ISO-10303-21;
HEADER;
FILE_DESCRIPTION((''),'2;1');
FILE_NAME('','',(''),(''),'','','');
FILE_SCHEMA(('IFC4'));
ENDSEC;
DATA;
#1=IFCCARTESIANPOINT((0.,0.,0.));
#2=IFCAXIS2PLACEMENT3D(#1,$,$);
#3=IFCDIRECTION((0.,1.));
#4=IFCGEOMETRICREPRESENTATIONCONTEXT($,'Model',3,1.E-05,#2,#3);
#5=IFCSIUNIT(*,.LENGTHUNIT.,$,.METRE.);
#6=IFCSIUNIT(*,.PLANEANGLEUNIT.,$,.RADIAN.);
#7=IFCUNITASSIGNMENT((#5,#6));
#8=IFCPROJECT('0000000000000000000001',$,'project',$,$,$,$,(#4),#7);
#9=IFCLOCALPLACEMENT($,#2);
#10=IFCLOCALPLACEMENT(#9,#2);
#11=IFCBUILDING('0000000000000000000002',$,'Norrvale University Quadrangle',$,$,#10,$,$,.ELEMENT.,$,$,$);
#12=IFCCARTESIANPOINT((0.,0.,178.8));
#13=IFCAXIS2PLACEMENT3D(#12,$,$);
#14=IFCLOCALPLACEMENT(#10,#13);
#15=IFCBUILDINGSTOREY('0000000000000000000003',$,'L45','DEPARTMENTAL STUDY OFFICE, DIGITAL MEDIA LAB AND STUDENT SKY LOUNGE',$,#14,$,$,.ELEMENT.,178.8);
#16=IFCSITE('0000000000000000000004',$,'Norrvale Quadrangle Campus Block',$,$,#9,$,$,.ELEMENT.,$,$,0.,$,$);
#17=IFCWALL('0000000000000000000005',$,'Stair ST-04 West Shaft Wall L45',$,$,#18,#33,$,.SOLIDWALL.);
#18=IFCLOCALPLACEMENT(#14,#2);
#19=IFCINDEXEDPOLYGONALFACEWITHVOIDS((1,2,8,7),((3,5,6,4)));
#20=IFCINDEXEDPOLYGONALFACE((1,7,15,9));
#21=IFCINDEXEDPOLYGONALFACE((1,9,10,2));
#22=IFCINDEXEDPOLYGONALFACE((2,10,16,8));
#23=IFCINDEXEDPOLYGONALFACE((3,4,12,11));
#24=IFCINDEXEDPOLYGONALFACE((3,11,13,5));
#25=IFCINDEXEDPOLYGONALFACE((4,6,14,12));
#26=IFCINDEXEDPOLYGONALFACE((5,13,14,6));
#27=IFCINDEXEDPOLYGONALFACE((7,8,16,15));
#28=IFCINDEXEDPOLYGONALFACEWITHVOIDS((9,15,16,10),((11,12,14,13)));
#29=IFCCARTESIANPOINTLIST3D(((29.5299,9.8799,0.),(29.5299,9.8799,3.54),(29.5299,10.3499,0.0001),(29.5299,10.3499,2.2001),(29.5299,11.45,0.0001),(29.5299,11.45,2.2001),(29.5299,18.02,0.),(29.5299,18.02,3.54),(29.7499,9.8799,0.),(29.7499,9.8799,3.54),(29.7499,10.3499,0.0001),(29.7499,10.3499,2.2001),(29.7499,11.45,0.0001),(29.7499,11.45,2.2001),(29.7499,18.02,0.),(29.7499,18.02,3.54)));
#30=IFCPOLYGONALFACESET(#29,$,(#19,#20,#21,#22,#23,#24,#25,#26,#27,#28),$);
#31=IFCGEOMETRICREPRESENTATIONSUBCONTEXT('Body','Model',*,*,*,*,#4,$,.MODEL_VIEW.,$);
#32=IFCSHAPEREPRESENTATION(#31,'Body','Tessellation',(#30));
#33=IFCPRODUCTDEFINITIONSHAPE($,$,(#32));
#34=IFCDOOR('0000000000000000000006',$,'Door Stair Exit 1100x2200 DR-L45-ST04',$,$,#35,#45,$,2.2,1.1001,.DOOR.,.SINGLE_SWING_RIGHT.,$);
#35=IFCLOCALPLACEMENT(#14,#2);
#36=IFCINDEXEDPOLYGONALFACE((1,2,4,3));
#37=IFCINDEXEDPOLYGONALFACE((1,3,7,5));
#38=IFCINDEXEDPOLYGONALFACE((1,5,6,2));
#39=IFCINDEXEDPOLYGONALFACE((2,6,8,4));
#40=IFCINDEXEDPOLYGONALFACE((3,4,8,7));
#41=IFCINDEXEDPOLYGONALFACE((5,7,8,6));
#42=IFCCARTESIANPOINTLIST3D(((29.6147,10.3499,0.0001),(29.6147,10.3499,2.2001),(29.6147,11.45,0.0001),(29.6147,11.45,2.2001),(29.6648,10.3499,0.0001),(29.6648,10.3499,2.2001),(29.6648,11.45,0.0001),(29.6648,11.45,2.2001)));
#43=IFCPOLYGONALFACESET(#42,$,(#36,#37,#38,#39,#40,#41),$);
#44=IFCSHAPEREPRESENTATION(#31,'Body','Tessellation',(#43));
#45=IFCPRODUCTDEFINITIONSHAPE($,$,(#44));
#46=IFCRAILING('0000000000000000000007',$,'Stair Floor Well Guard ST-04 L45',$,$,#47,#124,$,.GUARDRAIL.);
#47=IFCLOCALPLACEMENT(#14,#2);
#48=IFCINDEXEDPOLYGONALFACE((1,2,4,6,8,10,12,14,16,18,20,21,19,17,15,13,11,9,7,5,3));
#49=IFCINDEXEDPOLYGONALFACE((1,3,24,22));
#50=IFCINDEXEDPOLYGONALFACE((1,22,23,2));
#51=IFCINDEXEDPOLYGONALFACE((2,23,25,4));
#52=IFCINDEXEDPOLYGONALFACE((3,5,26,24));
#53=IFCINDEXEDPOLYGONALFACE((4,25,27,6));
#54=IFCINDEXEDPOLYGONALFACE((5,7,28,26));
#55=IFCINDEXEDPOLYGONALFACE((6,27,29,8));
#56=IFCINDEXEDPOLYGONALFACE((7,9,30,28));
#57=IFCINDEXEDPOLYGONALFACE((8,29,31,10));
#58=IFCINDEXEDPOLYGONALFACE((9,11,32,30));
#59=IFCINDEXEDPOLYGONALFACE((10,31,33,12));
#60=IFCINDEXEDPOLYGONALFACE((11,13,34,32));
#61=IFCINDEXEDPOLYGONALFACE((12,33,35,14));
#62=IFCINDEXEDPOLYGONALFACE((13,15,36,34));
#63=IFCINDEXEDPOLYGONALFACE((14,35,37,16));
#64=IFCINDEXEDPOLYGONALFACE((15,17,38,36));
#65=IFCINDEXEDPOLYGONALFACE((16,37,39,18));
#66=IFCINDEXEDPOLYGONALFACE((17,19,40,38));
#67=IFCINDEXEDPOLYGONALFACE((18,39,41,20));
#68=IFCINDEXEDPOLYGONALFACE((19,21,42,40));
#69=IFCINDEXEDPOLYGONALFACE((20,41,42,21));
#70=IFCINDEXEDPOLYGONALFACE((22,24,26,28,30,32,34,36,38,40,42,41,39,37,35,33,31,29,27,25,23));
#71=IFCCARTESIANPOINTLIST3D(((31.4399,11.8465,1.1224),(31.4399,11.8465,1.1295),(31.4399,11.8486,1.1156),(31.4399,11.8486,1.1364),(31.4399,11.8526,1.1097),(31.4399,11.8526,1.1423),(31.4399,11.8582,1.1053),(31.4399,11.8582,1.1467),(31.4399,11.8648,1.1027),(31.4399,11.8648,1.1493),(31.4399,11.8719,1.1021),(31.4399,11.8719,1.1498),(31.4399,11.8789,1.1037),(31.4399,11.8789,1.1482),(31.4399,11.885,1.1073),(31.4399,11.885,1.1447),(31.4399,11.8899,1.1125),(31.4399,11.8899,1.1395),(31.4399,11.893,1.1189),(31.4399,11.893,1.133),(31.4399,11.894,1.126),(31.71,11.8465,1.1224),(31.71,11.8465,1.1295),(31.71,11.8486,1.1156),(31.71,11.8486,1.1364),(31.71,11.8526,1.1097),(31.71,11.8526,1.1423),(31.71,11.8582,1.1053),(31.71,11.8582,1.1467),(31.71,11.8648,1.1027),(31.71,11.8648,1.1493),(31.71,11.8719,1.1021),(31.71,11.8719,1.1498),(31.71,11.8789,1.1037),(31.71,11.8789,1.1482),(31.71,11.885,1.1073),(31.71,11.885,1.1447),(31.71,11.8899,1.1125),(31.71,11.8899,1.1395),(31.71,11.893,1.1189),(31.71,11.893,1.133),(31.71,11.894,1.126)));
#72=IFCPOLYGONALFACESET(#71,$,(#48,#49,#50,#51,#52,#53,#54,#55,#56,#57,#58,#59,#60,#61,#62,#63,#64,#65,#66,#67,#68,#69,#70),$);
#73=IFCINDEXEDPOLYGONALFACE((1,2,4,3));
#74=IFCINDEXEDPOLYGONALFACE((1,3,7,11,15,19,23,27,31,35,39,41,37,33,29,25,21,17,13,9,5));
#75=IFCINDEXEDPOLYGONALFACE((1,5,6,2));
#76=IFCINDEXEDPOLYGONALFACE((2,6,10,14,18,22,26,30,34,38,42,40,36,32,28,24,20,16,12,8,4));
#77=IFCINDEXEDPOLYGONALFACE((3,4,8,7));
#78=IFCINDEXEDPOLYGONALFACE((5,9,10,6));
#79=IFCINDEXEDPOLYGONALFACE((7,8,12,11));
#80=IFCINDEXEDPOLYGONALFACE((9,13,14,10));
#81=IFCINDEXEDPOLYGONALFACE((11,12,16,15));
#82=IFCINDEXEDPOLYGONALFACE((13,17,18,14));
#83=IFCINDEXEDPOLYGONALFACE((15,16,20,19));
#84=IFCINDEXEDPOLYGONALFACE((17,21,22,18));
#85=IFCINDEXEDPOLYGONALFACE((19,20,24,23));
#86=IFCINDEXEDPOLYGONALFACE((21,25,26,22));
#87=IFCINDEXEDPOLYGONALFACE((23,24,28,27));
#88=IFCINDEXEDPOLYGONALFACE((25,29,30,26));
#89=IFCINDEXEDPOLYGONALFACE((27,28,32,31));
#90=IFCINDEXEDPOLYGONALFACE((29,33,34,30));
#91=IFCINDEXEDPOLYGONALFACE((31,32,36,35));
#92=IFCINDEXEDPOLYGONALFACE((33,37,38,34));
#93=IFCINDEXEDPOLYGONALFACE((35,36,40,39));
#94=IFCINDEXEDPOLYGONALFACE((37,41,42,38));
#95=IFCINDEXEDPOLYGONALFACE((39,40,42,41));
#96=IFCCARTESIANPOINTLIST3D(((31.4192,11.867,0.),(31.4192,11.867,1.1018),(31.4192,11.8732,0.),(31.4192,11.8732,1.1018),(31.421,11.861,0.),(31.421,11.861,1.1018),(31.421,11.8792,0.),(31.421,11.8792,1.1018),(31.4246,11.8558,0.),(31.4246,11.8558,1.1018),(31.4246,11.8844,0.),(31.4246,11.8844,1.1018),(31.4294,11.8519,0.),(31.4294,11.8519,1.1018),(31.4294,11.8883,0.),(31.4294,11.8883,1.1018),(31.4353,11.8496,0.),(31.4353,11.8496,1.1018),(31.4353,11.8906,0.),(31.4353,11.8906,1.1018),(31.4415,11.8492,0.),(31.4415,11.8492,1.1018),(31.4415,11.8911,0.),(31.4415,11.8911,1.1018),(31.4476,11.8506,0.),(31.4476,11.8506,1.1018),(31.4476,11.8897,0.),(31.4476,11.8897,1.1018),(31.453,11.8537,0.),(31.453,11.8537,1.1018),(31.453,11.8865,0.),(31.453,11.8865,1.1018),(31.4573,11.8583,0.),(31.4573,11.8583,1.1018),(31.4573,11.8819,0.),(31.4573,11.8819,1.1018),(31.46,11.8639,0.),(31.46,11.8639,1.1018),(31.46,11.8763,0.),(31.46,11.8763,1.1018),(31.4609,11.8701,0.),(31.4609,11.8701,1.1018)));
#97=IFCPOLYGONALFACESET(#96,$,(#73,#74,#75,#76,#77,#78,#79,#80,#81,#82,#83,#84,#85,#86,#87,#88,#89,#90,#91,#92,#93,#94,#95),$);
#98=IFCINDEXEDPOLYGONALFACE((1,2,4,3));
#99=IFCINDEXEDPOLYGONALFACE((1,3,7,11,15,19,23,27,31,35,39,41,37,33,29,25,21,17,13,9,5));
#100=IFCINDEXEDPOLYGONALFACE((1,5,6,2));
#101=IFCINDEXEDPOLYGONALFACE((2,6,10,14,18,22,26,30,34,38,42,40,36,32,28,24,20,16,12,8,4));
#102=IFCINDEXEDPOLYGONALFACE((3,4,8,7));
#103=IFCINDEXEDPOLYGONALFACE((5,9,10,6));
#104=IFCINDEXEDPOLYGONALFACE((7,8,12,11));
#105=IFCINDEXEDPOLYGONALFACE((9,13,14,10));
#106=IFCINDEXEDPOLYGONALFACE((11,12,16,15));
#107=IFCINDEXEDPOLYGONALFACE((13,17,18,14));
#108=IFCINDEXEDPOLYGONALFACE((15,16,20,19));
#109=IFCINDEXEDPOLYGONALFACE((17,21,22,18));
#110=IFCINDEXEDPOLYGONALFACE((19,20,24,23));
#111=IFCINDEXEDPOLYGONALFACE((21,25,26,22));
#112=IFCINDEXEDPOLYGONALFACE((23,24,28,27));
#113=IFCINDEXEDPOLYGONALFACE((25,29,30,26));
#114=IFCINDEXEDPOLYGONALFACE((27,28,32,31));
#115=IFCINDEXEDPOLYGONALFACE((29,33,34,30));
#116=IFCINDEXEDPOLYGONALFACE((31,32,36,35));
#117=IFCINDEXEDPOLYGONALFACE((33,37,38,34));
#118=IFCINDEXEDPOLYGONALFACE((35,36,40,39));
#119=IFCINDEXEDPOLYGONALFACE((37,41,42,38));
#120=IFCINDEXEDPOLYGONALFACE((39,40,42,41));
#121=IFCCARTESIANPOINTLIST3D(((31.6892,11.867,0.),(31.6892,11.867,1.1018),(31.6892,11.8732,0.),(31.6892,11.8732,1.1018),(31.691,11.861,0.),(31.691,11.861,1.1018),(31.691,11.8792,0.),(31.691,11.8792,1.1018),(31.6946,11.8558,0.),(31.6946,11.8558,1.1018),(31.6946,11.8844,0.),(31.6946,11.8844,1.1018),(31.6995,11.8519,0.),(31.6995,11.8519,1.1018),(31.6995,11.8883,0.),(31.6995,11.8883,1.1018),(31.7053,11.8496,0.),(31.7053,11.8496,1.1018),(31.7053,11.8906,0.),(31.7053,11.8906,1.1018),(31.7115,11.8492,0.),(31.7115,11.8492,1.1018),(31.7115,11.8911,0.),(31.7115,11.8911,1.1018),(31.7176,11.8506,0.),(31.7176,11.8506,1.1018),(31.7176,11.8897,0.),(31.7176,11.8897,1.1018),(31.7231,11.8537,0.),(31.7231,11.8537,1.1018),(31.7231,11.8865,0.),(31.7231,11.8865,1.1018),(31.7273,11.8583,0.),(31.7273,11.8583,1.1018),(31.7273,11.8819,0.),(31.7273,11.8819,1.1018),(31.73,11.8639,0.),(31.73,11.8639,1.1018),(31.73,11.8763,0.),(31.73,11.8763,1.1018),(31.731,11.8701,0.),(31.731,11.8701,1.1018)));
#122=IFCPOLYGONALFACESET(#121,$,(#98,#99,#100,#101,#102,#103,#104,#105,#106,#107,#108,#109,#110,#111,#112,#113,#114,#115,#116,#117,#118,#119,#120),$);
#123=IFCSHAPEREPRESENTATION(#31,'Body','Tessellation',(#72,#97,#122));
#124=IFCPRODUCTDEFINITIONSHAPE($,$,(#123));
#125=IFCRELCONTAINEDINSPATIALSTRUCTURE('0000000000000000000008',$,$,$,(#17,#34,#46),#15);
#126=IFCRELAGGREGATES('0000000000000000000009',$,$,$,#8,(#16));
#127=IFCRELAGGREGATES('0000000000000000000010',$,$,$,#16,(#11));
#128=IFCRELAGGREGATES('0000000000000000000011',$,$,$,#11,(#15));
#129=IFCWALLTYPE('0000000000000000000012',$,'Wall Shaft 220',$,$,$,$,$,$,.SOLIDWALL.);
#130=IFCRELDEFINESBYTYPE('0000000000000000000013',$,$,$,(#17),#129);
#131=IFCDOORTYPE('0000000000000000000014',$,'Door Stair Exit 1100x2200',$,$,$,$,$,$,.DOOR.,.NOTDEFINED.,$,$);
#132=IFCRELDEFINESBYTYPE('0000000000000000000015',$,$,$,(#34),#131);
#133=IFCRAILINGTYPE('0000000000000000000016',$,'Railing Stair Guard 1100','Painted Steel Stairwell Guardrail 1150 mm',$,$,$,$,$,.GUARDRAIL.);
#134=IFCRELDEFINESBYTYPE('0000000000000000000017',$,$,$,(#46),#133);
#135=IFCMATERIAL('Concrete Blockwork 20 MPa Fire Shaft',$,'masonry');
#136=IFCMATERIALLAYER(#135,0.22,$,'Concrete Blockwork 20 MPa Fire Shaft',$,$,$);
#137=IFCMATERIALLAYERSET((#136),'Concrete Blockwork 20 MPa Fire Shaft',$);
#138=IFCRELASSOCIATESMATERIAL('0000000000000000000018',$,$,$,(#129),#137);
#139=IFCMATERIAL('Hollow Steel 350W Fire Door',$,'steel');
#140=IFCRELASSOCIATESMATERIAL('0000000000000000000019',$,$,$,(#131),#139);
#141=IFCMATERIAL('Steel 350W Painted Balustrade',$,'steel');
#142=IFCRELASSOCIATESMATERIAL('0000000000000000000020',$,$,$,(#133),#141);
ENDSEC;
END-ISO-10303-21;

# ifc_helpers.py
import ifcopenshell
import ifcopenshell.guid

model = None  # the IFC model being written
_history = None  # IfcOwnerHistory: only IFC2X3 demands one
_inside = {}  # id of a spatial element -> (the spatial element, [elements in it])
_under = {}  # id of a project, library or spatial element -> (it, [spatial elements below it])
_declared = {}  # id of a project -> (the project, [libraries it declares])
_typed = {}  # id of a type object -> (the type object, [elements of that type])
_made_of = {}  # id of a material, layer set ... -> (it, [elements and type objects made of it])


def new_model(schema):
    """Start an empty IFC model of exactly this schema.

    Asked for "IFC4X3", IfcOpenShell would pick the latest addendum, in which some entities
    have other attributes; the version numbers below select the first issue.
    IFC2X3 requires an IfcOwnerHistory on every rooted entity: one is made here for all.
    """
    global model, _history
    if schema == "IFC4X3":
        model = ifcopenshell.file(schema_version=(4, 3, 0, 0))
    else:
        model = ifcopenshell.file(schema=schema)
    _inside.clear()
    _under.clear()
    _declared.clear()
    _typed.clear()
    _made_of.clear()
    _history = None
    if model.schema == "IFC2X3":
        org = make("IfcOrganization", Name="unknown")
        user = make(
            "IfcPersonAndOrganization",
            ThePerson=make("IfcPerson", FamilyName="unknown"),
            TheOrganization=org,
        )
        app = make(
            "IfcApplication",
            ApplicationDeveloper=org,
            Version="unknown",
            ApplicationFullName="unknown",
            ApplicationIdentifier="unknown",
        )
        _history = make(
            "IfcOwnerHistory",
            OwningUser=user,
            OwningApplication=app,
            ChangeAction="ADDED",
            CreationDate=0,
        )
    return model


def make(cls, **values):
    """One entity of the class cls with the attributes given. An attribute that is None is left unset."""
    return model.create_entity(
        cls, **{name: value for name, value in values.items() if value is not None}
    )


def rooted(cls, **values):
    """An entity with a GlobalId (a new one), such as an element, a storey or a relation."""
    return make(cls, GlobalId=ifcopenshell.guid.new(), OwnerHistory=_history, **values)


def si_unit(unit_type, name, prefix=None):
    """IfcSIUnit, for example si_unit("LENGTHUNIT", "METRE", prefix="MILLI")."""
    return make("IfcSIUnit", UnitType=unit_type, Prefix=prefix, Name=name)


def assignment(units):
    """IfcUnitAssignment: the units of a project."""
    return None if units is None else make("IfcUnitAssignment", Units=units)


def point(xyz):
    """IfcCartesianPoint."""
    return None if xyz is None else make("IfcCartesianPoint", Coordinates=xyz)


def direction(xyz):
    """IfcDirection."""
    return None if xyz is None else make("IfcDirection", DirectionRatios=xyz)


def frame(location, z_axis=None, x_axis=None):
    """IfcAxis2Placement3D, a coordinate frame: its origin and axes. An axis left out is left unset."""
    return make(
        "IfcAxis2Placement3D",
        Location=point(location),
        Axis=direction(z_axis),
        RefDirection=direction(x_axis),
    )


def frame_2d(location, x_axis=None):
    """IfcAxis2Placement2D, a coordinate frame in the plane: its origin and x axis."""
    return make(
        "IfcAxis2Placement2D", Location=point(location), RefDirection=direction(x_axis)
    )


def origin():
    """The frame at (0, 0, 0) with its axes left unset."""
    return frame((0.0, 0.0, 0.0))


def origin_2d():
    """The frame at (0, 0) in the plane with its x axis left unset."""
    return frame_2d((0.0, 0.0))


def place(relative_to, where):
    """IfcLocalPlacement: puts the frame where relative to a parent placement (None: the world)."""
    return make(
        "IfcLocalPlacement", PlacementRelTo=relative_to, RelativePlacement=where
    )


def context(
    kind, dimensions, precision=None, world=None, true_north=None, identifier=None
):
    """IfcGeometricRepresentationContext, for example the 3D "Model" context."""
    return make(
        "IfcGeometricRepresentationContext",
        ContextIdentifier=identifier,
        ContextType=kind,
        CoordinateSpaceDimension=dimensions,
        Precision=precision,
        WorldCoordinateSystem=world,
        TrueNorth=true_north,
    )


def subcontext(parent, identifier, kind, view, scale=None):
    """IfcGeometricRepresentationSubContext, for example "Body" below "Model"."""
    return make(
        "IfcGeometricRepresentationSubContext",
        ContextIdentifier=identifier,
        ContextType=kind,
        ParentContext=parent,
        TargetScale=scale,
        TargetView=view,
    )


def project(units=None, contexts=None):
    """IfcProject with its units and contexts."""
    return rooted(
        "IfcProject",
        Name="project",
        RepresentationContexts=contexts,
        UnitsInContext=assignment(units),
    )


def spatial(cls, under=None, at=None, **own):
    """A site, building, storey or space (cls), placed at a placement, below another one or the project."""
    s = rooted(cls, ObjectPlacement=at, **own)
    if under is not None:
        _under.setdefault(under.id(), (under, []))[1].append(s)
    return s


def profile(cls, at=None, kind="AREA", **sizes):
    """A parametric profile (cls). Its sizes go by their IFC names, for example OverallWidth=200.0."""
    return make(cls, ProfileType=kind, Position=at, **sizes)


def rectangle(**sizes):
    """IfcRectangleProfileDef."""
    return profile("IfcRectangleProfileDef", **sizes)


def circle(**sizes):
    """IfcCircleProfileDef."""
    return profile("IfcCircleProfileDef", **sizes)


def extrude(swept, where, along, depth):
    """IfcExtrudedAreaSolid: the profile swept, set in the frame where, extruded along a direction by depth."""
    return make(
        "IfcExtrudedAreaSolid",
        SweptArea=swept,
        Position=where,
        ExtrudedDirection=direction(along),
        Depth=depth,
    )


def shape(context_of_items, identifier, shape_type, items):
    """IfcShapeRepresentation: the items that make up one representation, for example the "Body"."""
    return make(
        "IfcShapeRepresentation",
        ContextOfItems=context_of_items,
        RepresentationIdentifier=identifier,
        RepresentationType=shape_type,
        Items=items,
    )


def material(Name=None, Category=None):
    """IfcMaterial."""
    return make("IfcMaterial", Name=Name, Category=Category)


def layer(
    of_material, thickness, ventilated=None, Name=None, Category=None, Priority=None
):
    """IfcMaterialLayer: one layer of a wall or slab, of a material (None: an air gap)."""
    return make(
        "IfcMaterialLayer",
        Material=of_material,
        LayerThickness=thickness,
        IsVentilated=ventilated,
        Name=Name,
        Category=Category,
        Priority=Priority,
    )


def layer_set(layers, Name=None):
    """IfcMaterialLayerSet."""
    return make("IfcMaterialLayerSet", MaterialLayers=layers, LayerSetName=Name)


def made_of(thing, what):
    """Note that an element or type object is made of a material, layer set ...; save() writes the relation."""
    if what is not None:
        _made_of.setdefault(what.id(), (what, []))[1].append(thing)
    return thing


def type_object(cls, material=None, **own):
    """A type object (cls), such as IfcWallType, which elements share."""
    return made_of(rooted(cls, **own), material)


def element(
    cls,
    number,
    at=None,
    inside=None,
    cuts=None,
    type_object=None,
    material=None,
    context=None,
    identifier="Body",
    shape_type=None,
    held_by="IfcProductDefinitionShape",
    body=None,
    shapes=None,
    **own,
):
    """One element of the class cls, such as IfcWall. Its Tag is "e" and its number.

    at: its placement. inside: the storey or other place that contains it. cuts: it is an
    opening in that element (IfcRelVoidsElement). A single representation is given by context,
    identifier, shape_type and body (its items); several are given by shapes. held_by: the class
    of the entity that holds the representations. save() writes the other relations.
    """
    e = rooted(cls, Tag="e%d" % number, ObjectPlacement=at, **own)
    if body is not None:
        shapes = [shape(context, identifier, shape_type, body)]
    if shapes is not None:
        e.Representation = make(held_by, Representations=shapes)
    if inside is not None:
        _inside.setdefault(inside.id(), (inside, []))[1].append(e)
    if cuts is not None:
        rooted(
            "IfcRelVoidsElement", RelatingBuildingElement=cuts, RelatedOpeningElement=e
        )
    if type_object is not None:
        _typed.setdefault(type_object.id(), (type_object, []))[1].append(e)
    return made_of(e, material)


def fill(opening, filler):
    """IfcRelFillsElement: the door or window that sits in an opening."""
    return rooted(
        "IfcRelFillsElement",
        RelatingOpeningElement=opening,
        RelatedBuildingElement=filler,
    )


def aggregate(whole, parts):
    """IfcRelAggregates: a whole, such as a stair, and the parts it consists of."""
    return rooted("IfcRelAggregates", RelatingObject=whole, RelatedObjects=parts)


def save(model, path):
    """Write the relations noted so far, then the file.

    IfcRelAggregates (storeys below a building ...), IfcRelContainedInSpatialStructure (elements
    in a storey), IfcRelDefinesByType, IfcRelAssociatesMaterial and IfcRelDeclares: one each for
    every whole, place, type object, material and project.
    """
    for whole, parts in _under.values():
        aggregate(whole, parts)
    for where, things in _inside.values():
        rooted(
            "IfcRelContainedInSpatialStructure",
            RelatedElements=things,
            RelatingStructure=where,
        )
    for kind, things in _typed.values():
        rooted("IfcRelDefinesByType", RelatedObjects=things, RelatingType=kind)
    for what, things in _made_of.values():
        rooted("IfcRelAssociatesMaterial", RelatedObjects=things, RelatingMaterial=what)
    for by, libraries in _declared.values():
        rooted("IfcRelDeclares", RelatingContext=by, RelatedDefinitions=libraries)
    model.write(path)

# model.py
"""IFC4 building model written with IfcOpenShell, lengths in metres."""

from ifc_helpers import new_model, si_unit, direction, frame, frame_2d, origin, origin_2d, place, context, subcontext, project, spatial, rectangle, circle, extrude, material, layer, layer_set, type_object, element, fill, save


model = new_model("IFC4")

# Units and contexts
model_context = context("Model", 3, precision=1e-05, world=origin(), true_north=direction((0.0, 1.0)))
body_context = subcontext(model_context, "Body", "Model", "MODEL_VIEW")
ifc_project = project(units=[si_unit("LENGTHUNIT", "METRE"), si_unit("PLANEANGLEUNIT", "RADIAN")], contexts=[model_context])

# Site, building, storey
site_placement = place(None, origin())
site = spatial("IfcSite", under=ifc_project, at=site_placement, Name="Norrvale Quadrangle Campus Block", CompositionType="ELEMENT", RefElevation=0.0)
building_placement = place(site_placement, origin())
building = spatial("IfcBuilding", under=site, at=building_placement, Name="Norrvale University Quadrangle", CompositionType="ELEMENT")
storey_placement = place(building_placement, frame((0.0, 0.0, 178.8)))
storey = spatial("IfcBuildingStorey", under=building, at=storey_placement, Name="L45", Description="DEPARTMENTAL STUDY OFFICE, DIGITAL MEDIA LAB AND STUDENT SKY LOUNGE", CompositionType="ELEMENT", Elevation=178.8)

# Shared definitions
ifc_material_1 = material(Name="Concrete Blockwork 20 MPa Fire Shaft", Category="masonry")
ifc_layer_1 = layer(ifc_material_1, 0.22, Name="Concrete Blockwork 20 MPa Fire Shaft")
ifc_layer_set_1 = layer_set([ifc_layer_1], Name="Concrete Blockwork 20 MPa Fire Shaft")
wall_type_1 = type_object("IfcWallType", Name="Wall Shaft 220", PredefinedType="SOLIDWALL", material=ifc_layer_set_1)

# Wall, opening, door
wall_1_placement = place(storey_placement, frame((29.6399, 9.8799, 0.0), z_axis=(0.0, 0.0, 1.0), x_axis=(0.0, 1.0, 0.0)))
wall_1 = element("IfcWall", 1, at=wall_1_placement, inside=storey, type_object=wall_type_1, Name="Stair ST-04 West Shaft Wall L45", PredefinedType="SOLIDWALL", context=body_context, shape_type="SweptSolid", body=[
    extrude(rectangle(XDim=8.1401, YDim=0.22, at=frame_2d((4.0701, 0.0))), origin(), (0.0, 0.0, 1.0), 3.54),
])
opening_placement = place(wall_1_placement, frame((0.47, 0.0, 0.0)))
opening = element("IfcOpeningElement", 2, at=opening_placement, cuts=wall_1, PredefinedType="OPENING", context=body_context, shape_type="SweptSolid", body=[
    extrude(rectangle(XDim=1.1001, YDim=2.2, at=frame_2d((0.55, 1.1001))), frame((0.0, 0.1221, 0.0), z_axis=(0.0, -1.0, 0.0), x_axis=(1.0, 0.0, 0.0)), (0.0, 0.0, 1.0), 0.2439),
])
ifc_material_2 = material(Name="Hollow Steel 350W Fire Door", Category="steel")
door_type = type_object("IfcDoorType", Name="Door Stair Exit 1100x2200", OperationType="NOTDEFINED", PredefinedType="DOOR", material=ifc_material_2)
door_placement = place(opening_placement, frame((1.1001, 0.0, 0.0), z_axis=(0.0, 0.0, 1.0), x_axis=(-1.0, 0.0, 0.0)))
door = element("IfcDoor", 3, at=door_placement, inside=storey, type_object=door_type, Name="Door Stair Exit 1100x2200 DR-L45-ST04", OperationType="SINGLE_SWING_RIGHT", OverallHeight=2.2, OverallWidth=1.1001, PredefinedType="DOOR", context=body_context, shape_type="SweptSolid", body=[
    extrude(rectangle(XDim=1.1001, YDim=2.2, at=frame_2d((0.55, 1.1001))), frame((0.0, 0.0249, 0.0), z_axis=(0.0, -1.0, 0.0), x_axis=(1.0, 0.0, 0.0)), (0.0, 0.0, 1.0), 0.05),
])
fill(opening, door)

# Railing
ifc_material_3 = material(Name="Steel 350W Painted Balustrade", Category="steel")
railing_type = type_object("IfcRailingType", Name="Railing Stair Guard 1100", Description="Painted Steel Stairwell Guardrail 1150 mm", PredefinedType="GUARDRAIL", material=ifc_material_3)
railing_placement = place(storey_placement, frame((31.4399, 11.8701, 0.0)))
element("IfcRailing", 4, at=railing_placement, inside=storey, type_object=railing_type, Name="Stair Floor Well Guard ST-04 L45", PredefinedType="GUARDRAIL", context=body_context, shape_type="SweptSolid", body=[
    extrude(circle(Radius=0.0239, at=origin_2d()), frame((0.0, 0.0, 1.126), z_axis=(1.0, 0.0, 0.0), x_axis=(0.0, 1.0, 0.0)), (0.0, 0.0, 1.0), 0.27),
    extrude(circle(Radius=0.021, at=origin_2d()), origin(), (0.0, 0.0, 1.0), 1.1018),
    extrude(circle(Radius=0.021, at=origin_2d()), frame((0.27, 0.0, 0.0)), (0.0, 0.0, 1.0), 1.1018),
])

save(model, "model.ifc")
